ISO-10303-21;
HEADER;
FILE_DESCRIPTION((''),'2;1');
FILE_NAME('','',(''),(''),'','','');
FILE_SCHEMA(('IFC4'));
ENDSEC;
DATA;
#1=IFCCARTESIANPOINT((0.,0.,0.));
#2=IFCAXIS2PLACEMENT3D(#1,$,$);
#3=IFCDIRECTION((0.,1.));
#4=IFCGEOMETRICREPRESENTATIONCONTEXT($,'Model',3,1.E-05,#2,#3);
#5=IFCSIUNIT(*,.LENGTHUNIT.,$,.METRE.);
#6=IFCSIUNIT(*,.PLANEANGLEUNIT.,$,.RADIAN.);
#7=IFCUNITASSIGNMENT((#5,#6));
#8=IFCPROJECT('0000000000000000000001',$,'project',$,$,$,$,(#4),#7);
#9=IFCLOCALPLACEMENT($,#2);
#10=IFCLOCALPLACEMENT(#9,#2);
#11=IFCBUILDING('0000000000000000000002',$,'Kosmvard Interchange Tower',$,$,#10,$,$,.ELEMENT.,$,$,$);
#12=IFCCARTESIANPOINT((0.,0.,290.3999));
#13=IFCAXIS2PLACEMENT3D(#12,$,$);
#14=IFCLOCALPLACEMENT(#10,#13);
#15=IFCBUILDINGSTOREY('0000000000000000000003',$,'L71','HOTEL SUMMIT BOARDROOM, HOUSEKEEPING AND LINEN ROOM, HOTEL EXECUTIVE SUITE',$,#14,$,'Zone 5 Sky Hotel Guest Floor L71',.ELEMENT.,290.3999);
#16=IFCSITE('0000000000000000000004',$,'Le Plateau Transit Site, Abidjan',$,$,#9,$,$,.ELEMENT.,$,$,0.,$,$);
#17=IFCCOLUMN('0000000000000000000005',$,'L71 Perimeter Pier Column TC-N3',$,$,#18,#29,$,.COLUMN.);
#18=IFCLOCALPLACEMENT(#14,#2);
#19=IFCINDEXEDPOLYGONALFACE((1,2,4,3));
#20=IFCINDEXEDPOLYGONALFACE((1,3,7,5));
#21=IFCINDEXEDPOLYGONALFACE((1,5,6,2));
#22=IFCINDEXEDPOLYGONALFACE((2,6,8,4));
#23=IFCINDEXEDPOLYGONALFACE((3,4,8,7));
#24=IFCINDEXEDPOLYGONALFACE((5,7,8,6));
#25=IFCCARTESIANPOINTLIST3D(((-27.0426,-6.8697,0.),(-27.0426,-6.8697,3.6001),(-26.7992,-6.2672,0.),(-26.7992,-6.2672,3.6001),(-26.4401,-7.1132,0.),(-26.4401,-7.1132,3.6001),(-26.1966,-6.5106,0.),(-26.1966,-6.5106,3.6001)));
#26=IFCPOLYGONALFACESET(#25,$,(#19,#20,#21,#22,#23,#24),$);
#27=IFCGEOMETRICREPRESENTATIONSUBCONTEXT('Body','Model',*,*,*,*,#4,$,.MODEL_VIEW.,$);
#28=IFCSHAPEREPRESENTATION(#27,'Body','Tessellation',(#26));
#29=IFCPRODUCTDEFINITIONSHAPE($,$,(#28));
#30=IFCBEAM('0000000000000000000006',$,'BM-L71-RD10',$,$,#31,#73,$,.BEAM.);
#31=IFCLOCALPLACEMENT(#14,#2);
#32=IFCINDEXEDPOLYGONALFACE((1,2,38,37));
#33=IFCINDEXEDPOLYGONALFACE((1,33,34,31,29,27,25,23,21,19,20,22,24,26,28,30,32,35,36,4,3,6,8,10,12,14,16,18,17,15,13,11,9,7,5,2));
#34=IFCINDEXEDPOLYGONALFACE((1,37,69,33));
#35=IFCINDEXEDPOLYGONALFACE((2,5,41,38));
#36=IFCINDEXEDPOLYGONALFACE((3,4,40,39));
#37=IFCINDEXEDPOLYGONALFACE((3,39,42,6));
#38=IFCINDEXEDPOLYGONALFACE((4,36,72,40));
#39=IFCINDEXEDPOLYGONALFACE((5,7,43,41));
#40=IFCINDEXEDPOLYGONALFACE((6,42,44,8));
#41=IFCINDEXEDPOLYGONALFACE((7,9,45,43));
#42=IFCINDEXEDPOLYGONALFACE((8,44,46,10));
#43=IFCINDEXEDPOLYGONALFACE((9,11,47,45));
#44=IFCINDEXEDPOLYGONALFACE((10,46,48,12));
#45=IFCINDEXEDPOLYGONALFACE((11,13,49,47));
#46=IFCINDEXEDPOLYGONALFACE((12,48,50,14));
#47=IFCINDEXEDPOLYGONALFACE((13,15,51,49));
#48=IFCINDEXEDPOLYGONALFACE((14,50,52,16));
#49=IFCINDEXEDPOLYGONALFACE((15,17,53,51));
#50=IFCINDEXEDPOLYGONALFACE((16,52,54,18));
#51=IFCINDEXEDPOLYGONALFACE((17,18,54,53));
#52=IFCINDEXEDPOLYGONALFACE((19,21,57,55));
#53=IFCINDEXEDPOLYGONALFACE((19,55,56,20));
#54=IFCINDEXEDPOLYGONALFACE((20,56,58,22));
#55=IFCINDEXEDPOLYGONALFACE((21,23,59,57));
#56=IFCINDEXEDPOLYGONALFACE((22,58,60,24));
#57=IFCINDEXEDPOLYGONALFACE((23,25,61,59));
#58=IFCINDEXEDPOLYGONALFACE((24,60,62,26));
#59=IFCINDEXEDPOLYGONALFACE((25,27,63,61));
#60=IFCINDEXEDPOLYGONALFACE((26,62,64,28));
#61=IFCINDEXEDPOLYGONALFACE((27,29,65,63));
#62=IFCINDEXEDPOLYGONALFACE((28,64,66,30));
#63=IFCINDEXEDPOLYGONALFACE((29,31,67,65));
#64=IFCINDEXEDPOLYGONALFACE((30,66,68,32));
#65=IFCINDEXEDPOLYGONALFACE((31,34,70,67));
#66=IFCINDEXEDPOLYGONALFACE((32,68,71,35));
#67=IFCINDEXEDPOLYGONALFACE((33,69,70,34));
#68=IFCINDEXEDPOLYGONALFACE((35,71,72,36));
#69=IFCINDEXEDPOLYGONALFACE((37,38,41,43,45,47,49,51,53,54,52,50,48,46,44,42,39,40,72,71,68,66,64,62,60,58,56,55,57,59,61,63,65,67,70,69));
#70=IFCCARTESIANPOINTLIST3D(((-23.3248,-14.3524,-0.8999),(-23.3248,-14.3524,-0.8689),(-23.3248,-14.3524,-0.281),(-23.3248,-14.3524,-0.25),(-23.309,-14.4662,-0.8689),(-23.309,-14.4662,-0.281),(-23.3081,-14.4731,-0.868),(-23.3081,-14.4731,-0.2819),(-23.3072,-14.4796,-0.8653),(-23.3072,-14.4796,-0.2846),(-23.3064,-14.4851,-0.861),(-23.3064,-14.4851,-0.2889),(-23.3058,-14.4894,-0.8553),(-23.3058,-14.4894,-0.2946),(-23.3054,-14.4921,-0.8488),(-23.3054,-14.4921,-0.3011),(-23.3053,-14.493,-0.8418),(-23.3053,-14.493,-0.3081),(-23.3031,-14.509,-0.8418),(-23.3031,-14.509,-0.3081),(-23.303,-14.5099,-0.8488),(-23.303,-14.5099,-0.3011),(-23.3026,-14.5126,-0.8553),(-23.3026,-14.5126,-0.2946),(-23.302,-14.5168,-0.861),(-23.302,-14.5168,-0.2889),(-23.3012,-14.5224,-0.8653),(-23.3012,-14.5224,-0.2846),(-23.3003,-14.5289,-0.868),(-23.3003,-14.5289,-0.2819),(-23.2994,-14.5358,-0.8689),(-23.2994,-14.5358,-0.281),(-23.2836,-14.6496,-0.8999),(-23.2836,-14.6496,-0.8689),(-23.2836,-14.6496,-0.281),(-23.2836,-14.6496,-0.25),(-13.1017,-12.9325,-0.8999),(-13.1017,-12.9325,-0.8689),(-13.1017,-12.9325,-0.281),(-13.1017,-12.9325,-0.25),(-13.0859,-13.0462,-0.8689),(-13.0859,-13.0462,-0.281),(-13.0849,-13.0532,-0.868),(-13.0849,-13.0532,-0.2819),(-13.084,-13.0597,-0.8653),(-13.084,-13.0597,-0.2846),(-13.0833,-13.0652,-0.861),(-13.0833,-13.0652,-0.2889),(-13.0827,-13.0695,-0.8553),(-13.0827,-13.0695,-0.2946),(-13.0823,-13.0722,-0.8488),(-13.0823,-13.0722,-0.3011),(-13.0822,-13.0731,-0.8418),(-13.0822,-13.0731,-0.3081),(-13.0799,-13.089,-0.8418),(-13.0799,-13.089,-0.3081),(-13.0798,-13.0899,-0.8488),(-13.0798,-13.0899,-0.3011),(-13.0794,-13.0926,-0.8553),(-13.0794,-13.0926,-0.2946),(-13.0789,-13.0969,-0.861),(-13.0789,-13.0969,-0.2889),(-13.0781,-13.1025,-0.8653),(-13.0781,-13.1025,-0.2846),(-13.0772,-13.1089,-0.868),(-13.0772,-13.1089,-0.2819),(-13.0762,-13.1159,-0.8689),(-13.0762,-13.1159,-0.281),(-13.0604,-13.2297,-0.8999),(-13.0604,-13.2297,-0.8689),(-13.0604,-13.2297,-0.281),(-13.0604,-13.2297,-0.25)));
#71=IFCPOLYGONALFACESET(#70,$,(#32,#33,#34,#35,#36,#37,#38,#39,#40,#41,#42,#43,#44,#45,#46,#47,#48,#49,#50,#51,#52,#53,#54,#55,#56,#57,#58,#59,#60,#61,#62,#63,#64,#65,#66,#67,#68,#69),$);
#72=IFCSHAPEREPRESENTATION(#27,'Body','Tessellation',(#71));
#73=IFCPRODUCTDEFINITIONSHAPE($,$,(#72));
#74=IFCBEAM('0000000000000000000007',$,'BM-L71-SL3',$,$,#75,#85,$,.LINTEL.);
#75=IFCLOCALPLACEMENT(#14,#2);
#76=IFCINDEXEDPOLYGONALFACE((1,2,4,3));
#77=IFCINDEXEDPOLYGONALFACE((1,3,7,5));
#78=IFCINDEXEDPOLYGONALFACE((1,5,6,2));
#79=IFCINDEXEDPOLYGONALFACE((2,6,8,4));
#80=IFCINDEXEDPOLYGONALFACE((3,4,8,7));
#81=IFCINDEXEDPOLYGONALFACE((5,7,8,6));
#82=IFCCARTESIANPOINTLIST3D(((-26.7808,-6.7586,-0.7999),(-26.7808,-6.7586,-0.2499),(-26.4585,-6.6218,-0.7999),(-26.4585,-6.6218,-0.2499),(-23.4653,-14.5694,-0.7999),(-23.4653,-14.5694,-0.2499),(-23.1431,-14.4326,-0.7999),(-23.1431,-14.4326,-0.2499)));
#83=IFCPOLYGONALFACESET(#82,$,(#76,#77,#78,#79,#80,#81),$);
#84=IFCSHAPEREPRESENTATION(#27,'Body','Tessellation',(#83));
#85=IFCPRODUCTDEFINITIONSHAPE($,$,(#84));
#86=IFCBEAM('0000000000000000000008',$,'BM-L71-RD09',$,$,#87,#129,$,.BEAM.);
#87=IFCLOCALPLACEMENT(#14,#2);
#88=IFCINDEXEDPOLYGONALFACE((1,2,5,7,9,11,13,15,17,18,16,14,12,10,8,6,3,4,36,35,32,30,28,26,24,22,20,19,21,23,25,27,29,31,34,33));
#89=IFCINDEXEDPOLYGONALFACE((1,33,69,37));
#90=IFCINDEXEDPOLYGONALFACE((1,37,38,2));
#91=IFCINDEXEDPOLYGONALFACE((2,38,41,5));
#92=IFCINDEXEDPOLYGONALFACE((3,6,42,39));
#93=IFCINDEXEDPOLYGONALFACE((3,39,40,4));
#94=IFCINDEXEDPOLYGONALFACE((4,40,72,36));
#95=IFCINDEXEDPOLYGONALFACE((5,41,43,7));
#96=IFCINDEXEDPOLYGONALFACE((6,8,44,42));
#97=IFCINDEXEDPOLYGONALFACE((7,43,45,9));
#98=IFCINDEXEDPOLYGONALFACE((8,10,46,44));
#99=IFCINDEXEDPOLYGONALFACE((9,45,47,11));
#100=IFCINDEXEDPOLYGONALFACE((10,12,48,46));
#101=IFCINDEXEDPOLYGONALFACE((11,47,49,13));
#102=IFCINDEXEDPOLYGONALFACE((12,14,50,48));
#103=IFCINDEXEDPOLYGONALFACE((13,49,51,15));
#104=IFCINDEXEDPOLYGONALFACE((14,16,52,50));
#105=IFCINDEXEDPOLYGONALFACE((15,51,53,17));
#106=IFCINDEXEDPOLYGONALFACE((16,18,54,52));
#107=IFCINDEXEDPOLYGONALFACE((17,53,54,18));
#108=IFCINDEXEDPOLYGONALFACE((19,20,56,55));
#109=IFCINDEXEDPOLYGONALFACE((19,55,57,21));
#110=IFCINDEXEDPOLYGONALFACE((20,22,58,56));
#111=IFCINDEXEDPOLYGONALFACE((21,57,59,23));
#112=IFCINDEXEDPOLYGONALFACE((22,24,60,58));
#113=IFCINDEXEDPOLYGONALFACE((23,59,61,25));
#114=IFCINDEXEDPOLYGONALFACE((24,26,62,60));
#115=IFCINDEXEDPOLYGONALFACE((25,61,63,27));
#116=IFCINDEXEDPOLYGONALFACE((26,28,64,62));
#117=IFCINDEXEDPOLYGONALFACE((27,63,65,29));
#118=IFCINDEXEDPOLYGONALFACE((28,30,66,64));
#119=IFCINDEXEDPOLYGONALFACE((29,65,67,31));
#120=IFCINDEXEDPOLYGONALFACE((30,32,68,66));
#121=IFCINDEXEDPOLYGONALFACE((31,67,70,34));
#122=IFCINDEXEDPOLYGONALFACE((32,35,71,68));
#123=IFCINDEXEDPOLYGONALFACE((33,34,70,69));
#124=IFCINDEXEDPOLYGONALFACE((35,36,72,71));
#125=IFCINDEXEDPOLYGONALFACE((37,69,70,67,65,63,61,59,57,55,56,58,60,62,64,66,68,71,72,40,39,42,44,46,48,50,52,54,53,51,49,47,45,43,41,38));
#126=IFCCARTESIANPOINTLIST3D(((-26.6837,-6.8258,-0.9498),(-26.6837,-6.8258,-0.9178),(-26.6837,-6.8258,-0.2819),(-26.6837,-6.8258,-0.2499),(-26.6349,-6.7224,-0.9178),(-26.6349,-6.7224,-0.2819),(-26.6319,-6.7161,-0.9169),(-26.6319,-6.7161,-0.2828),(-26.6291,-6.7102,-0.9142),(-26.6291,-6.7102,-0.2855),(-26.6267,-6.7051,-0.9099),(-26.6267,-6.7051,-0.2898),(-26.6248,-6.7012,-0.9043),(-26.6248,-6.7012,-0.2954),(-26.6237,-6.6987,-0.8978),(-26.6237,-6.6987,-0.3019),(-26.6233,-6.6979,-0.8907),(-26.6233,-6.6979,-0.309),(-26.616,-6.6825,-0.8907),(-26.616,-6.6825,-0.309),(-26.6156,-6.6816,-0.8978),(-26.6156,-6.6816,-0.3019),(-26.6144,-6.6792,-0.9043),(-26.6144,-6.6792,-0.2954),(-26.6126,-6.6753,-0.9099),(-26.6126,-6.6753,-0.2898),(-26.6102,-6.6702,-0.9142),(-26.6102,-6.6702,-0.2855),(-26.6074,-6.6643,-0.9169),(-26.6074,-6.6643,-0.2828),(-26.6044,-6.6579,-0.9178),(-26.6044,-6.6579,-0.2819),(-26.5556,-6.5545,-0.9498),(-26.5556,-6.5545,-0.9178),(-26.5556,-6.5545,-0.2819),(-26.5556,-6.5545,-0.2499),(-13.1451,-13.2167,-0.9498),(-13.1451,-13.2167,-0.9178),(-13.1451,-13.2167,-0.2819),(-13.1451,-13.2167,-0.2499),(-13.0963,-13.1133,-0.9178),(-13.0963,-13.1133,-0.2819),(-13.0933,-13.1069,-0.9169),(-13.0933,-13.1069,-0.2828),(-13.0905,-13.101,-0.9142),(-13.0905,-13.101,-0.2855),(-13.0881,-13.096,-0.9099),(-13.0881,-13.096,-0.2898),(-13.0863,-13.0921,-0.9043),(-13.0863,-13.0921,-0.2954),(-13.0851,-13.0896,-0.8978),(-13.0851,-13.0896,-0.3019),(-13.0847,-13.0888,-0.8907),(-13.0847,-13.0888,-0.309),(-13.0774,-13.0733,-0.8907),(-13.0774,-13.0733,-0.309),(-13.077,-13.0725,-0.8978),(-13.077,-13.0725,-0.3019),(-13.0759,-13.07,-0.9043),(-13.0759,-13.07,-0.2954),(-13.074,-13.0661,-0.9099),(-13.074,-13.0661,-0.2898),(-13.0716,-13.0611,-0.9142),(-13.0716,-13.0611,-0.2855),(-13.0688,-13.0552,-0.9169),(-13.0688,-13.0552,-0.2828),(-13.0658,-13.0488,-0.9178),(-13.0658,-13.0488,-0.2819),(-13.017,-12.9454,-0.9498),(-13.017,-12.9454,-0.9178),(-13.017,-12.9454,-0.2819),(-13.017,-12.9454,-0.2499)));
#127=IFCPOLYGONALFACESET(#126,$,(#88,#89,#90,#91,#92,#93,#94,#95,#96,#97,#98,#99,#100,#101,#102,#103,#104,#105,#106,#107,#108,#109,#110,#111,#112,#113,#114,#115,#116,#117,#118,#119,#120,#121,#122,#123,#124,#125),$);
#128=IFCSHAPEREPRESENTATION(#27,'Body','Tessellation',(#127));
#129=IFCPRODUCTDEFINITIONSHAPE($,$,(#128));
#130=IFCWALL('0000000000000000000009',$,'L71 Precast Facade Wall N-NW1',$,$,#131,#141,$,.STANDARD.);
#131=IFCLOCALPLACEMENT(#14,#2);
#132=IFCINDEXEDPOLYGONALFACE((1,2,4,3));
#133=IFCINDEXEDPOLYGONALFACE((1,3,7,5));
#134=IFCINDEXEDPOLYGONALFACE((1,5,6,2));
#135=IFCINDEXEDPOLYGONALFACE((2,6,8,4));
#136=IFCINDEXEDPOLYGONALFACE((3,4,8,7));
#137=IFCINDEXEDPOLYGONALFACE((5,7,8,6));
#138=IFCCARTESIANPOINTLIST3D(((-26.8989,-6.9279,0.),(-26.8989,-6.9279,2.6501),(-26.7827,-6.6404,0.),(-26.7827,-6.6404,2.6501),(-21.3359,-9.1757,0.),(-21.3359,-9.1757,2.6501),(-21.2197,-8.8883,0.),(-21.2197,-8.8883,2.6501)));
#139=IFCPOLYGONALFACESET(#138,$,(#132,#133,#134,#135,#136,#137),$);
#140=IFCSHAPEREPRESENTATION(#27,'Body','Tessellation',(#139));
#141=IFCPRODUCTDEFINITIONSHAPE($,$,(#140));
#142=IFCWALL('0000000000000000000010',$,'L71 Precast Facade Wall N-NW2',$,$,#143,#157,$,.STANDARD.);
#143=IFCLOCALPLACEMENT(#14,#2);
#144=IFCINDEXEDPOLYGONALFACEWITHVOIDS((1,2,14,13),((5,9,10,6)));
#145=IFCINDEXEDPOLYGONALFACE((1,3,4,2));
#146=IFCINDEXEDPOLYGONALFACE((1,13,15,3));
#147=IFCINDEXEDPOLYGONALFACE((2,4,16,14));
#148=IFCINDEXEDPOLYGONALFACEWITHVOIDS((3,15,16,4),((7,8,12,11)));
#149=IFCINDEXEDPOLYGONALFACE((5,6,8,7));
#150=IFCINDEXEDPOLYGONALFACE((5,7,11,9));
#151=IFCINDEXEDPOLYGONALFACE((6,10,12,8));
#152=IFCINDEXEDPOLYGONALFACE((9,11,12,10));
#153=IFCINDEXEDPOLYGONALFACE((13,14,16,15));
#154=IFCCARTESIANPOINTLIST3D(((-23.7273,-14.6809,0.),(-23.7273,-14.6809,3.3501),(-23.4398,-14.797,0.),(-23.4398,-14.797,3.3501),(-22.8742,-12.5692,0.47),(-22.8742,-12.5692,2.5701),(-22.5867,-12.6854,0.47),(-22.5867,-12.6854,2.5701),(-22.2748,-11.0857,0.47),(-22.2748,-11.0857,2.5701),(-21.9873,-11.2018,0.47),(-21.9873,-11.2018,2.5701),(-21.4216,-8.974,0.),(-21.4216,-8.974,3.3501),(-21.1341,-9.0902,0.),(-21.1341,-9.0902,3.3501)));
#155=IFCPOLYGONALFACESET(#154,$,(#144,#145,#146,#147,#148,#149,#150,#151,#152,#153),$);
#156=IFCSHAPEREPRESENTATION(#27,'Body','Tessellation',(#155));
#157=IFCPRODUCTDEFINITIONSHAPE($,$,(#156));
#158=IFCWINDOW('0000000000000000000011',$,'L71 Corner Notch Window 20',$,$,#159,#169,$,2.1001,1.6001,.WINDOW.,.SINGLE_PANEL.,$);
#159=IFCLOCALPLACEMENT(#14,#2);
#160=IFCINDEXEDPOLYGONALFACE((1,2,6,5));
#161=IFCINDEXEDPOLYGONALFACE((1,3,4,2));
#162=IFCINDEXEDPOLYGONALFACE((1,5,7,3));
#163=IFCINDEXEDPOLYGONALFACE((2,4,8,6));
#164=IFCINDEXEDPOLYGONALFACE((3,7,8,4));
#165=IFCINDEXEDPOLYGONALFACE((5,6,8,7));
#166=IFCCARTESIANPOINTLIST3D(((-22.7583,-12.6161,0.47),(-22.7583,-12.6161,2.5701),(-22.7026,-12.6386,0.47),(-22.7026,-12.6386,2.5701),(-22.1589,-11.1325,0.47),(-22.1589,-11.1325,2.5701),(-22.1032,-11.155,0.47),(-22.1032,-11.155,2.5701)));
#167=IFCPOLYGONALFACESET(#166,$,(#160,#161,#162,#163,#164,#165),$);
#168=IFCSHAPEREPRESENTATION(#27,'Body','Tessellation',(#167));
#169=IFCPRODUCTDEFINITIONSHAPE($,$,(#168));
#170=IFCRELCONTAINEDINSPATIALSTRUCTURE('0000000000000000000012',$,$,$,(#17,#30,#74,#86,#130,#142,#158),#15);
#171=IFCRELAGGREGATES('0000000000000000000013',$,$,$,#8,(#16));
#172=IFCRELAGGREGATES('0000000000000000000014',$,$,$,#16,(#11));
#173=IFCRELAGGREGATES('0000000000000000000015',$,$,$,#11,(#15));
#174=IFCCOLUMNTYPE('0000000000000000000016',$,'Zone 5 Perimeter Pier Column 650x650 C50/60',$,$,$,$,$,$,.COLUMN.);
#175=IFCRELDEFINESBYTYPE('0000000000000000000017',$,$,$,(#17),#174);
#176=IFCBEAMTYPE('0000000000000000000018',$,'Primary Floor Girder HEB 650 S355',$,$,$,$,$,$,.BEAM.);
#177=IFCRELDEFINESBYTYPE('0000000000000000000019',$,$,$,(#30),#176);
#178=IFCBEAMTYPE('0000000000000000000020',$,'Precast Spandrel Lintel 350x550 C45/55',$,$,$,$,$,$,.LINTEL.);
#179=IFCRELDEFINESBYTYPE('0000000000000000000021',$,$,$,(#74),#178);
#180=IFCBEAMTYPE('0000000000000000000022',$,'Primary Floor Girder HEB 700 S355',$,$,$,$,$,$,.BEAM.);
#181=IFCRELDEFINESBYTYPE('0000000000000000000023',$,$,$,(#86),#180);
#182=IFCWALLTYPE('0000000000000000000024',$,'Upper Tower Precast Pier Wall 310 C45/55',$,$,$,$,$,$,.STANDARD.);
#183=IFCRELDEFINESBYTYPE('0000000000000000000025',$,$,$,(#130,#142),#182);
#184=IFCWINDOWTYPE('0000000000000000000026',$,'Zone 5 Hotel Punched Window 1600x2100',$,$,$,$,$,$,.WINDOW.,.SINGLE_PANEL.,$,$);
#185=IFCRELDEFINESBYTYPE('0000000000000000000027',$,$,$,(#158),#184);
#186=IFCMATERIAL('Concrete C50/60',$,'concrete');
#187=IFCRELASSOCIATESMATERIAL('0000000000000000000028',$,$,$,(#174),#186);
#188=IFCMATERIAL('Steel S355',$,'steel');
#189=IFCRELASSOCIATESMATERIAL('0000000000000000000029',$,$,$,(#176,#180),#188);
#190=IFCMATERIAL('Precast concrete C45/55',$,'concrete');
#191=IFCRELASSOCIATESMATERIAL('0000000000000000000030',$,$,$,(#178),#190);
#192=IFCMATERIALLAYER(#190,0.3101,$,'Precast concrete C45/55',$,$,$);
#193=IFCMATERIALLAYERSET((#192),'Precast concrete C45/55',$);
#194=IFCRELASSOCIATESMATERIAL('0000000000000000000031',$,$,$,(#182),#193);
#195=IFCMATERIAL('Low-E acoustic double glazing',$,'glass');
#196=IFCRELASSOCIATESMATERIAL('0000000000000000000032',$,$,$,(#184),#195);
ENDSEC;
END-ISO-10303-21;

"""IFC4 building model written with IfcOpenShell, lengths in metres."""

from ifc_helpers import new_model, si_unit, direction, frame, frame_2d, origin, origin_2d, place, context, subcontext, project, spatial, rectangle, i_section, extrude, source, transform, mapped, material, layer, layer_set, material_profile, profile_set, type_object, element, fill, save


model = new_model("IFC4")

# Units and contexts
model_context = context("Model", 3, precision=1e-05, world=origin(), true_north=direction((0.0, 1.0)))
body_context = subcontext(model_context, "Body", "Model", "MODEL_VIEW")
ifc_project = project(units=[si_unit("LENGTHUNIT", "METRE"), si_unit("PLANEANGLEUNIT", "RADIAN")], contexts=[model_context])

# Site, building, storey
site_placement = place(None, origin())
site = spatial("IfcSite", under=ifc_project, at=site_placement, Name="Le Plateau Transit Site, Abidjan", CompositionType="ELEMENT", RefElevation=0.0)
building_placement = place(site_placement, origin())
building = spatial("IfcBuilding", under=site, at=building_placement, Name="Kosmvard Interchange Tower", CompositionType="ELEMENT")
storey_placement = place(building_placement, frame((0.0, 0.0, 290.3999)))
storey = spatial("IfcBuildingStorey", under=building, at=storey_placement, Name="L71", Description="HOTEL SUMMIT BOARDROOM, HOUSEKEEPING AND LINEN ROOM, HOTEL EXECUTIVE SUITE", LongName="Zone 5 Sky Hotel Guest Floor L71", CompositionType="ELEMENT", Elevation=290.3999)

# Column
ifc_material_1 = material(Name="Concrete C50/60", Category="concrete")
ifc_material_profile_1 = material_profile(ifc_material_1, rectangle(XDim=0.6499, YDim=0.6499, at=origin_2d()), Name="TC 650x650")
ifc_profile_set_1 = profile_set([ifc_material_profile_1], Name="Concrete C50/60")
column_type = type_object("IfcColumnType", Name="Zone 5 Perimeter Pier Column 650x650 C50/60", PredefinedType="COLUMN", material=ifc_profile_set_1)
shared_shape_1 = source(origin(), body_context, "Body", "SweptSolid", [
    extrude(rectangle(XDim=0.6499, YDim=0.6499, at=origin_2d()), origin(), (0.0, 0.0, 1.0), 3.6001),
])
column_placement = place(storey_placement, frame((-26.6196, -6.6902, 0.0), z_axis=(0.0, 0.0, 1.0), x_axis=(0.374607, 0.927184, 0.0)))
element("IfcColumn", 1, at=column_placement, inside=storey, type_object=column_type, Name="L71 Perimeter Pier Column TC-N3", PredefinedType="COLUMN", context=body_context, shape_type="MappedRepresentation", body=[
    mapped(shared_shape_1, transform((0.0, 0.0, 0.0), scale=1.0)),
])

# Beams
ifc_material_2 = material(Name="Steel S355", Category="steel")
ifc_material_profile_2 = material_profile(ifc_material_2, i_section(OverallWidth=0.3, OverallDepth=0.6499, WebThickness=0.0161, FlangeThickness=0.031, FilletRadius=0.0271, at=origin_2d()), Name="HEB 650")
ifc_profile_set_2 = profile_set([ifc_material_profile_2], Name="Steel S355")
beam_type_1 = type_object("IfcBeamType", Name="Primary Floor Girder HEB 650 S355", PredefinedType="BEAM", material=ifc_profile_set_2)
shared_shape_2 = source(origin(), body_context, "Body", "SweptSolid", [
    extrude(i_section(OverallWidth=0.3, OverallDepth=0.6499, WebThickness=0.0161, FlangeThickness=0.031, FilletRadius=0.0271, at=origin_2d()), origin(), (0.0, 0.0, 1.0), 10.3213),
])
beam_1_placement = place(storey_placement, frame((-13.0811, -13.0811, -0.575), z_axis=(-0.990492, -0.137572, 0.0), x_axis=(0.137572, -0.990492, 0.0)))
element("IfcBeam", 2, at=beam_1_placement, inside=storey, type_object=beam_type_1, Name="BM-L71-RD10", PredefinedType="BEAM", context=body_context, shape_type="MappedRepresentation", body=[
    mapped(shared_shape_2, transform((0.0, 0.0, 0.0), scale=1.0)),
])
ifc_material_3 = material(Name="Precast concrete C45/55", Category="concrete")
ifc_material_profile_3 = material_profile(ifc_material_3, rectangle(XDim=0.3501, YDim=0.55, at=origin_2d()), Name="SL 350x550")
ifc_profile_set_3 = profile_set([ifc_material_profile_3], Name="Precast concrete C45/55")
beam_type_2 = type_object("IfcBeamType", Name="Precast Spandrel Lintel 350x550 C45/55", PredefinedType="LINTEL", material=ifc_profile_set_3)
shared_shape_3 = source(origin(), body_context, "Body", "SweptSolid", [
    extrude(rectangle(XDim=0.3501, YDim=0.55, at=origin_2d()), origin(), (0.0, 0.0, 1.0), 8.4854),
])
beam_2_placement = place(storey_placement, frame((-26.6196, -6.6902, -0.5249), z_axis=(0.390726, -0.920507, 0.0), x_axis=(0.920507, 0.390726, 0.0)))
element("IfcBeam", 3, at=beam_2_placement, inside=storey, type_object=beam_type_2, Name="BM-L71-SL3", PredefinedType="LINTEL", context=body_context, shape_type="MappedRepresentation", body=[
    mapped(shared_shape_3, transform((0.0, 0.0, 0.0), scale=1.0)),
])
ifc_material_profile_4 = material_profile(ifc_material_2, i_section(OverallWidth=0.3, OverallDepth=0.7, WebThickness=0.0171, FlangeThickness=0.032, FilletRadius=0.0271, at=origin_2d()), Name="HEB 700")
ifc_profile_set_4 = profile_set([ifc_material_profile_4], Name="Steel S355")
beam_type_3 = type_object("IfcBeamType", Name="Primary Floor Girder HEB 700 S355", PredefinedType="BEAM", material=ifc_profile_set_4)
shared_shape_4 = source(origin(), body_context, "Body", "SweptSolid", [
    extrude(i_section(OverallWidth=0.3, OverallDepth=0.7, WebThickness=0.0171, FlangeThickness=0.032, FilletRadius=0.0271, at=origin_2d()), origin(), (0.0, 0.0, 1.0), 14.9712),
])
beam_3_placement = place(storey_placement, frame((-13.0811, -13.0811, -0.5999), z_axis=(-0.904309, 0.426878, 0.0), x_axis=(-0.426878, -0.904309, 0.0)))
element("IfcBeam", 4, at=beam_3_placement, inside=storey, type_object=beam_type_3, Name="BM-L71-RD09", PredefinedType="BEAM", context=body_context, shape_type="MappedRepresentation", body=[
    mapped(shared_shape_4, transform((0.0, 0.0, 0.0), scale=1.0)),
])

# Wall
ifc_layer_1 = layer(ifc_material_3, 0.3101, Name="Precast concrete C45/55")
ifc_layer_set_1 = layer_set([ifc_layer_1], Name="Precast concrete C45/55")
wall_type_1 = type_object("IfcWallType", Name="Upper Tower Precast Pier Wall 310 C45/55", PredefinedType="STANDARD", material=ifc_layer_set_1)
wall_1_placement = place(storey_placement, frame((-26.8408, -6.7842, 0.0), z_axis=(0.0, 0.0, 1.0), x_axis=(0.927172, -0.374637, 0.0)))
element("IfcWall", 5, at=wall_1_placement, inside=storey, type_object=wall_type_1, Name="L71 Precast Facade Wall N-NW1", PredefinedType="STANDARD", context=body_context, shape_type="SweptSolid", body=[
    extrude(rectangle(XDim=6.0, YDim=0.3101, at=frame_2d((3.0, 0.0))), origin(), (0.0, 0.0, 1.0), 2.6501),
])

# Wall, opening, window
wall_2_placement = place(storey_placement, frame((-21.2778, -9.032, 0.0), z_axis=(0.0, 0.0, 1.0), x_axis=(-0.374603, -0.927185, 0.0)))
wall_2 = element("IfcWall", 6, at=wall_2_placement, inside=storey, type_object=wall_type_1, Name="L71 Precast Facade Wall N-NW2", PredefinedType="STANDARD", context=body_context, shape_type="SweptSolid", body=[
    extrude(rectangle(XDim=6.155, YDim=0.3101, at=frame_2d((3.0776, 0.0))), origin(), (0.0, 0.0, 1.0), 3.3501),
])
opening_1_placement = place(wall_2_placement, frame((2.2776, 0.0, 0.47)))
opening_1 = element("IfcOpeningElement", 7, at=opening_1_placement, cuts=wall_2, PredefinedType="OPENING", context=body_context, shape_type="SweptSolid", body=[
    extrude(rectangle(XDim=1.6001, YDim=2.1001, at=frame_2d((0.8, 1.05))), frame((0.0, 0.165, 0.0), z_axis=(0.0, -1.0, 0.0), x_axis=(1.0, 0.0, 0.0)), (0.0, 0.0, 1.0), 0.3301),
])
ifc_material_4 = material(Name="Low-E acoustic double glazing", Category="glass")
window_type = type_object("IfcWindowType", Name="Zone 5 Hotel Punched Window 1600x2100", PartitioningType="SINGLE_PANEL", PredefinedType="WINDOW", material=ifc_material_4)
shared_shape_5 = source(origin(), body_context, "Body", "SweptSolid", [
    extrude(rectangle(XDim=1.6001, YDim=2.1001, at=frame_2d((0.8, 1.05))), frame((0.0, 0.03, 0.0), z_axis=(0.0, -1.0, 0.0), x_axis=(1.0, 0.0, 0.0)), (0.0, 0.0, 1.0), 0.0601),
])
window_placement = place(opening_1_placement, origin())
window = element("IfcWindow", 8, at=window_placement, inside=storey, type_object=window_type, Name="L71 Corner Notch Window 20", OverallHeight=2.1001, OverallWidth=1.6001, PartitioningType="SINGLE_PANEL", PredefinedType="WINDOW", context=body_context, shape_type="MappedRepresentation", body=[
    mapped(shared_shape_5, transform((0.0, 0.0, 0.0), scale=1.0)),
])
fill(opening_1, window)

save(model, "model.ifc")
